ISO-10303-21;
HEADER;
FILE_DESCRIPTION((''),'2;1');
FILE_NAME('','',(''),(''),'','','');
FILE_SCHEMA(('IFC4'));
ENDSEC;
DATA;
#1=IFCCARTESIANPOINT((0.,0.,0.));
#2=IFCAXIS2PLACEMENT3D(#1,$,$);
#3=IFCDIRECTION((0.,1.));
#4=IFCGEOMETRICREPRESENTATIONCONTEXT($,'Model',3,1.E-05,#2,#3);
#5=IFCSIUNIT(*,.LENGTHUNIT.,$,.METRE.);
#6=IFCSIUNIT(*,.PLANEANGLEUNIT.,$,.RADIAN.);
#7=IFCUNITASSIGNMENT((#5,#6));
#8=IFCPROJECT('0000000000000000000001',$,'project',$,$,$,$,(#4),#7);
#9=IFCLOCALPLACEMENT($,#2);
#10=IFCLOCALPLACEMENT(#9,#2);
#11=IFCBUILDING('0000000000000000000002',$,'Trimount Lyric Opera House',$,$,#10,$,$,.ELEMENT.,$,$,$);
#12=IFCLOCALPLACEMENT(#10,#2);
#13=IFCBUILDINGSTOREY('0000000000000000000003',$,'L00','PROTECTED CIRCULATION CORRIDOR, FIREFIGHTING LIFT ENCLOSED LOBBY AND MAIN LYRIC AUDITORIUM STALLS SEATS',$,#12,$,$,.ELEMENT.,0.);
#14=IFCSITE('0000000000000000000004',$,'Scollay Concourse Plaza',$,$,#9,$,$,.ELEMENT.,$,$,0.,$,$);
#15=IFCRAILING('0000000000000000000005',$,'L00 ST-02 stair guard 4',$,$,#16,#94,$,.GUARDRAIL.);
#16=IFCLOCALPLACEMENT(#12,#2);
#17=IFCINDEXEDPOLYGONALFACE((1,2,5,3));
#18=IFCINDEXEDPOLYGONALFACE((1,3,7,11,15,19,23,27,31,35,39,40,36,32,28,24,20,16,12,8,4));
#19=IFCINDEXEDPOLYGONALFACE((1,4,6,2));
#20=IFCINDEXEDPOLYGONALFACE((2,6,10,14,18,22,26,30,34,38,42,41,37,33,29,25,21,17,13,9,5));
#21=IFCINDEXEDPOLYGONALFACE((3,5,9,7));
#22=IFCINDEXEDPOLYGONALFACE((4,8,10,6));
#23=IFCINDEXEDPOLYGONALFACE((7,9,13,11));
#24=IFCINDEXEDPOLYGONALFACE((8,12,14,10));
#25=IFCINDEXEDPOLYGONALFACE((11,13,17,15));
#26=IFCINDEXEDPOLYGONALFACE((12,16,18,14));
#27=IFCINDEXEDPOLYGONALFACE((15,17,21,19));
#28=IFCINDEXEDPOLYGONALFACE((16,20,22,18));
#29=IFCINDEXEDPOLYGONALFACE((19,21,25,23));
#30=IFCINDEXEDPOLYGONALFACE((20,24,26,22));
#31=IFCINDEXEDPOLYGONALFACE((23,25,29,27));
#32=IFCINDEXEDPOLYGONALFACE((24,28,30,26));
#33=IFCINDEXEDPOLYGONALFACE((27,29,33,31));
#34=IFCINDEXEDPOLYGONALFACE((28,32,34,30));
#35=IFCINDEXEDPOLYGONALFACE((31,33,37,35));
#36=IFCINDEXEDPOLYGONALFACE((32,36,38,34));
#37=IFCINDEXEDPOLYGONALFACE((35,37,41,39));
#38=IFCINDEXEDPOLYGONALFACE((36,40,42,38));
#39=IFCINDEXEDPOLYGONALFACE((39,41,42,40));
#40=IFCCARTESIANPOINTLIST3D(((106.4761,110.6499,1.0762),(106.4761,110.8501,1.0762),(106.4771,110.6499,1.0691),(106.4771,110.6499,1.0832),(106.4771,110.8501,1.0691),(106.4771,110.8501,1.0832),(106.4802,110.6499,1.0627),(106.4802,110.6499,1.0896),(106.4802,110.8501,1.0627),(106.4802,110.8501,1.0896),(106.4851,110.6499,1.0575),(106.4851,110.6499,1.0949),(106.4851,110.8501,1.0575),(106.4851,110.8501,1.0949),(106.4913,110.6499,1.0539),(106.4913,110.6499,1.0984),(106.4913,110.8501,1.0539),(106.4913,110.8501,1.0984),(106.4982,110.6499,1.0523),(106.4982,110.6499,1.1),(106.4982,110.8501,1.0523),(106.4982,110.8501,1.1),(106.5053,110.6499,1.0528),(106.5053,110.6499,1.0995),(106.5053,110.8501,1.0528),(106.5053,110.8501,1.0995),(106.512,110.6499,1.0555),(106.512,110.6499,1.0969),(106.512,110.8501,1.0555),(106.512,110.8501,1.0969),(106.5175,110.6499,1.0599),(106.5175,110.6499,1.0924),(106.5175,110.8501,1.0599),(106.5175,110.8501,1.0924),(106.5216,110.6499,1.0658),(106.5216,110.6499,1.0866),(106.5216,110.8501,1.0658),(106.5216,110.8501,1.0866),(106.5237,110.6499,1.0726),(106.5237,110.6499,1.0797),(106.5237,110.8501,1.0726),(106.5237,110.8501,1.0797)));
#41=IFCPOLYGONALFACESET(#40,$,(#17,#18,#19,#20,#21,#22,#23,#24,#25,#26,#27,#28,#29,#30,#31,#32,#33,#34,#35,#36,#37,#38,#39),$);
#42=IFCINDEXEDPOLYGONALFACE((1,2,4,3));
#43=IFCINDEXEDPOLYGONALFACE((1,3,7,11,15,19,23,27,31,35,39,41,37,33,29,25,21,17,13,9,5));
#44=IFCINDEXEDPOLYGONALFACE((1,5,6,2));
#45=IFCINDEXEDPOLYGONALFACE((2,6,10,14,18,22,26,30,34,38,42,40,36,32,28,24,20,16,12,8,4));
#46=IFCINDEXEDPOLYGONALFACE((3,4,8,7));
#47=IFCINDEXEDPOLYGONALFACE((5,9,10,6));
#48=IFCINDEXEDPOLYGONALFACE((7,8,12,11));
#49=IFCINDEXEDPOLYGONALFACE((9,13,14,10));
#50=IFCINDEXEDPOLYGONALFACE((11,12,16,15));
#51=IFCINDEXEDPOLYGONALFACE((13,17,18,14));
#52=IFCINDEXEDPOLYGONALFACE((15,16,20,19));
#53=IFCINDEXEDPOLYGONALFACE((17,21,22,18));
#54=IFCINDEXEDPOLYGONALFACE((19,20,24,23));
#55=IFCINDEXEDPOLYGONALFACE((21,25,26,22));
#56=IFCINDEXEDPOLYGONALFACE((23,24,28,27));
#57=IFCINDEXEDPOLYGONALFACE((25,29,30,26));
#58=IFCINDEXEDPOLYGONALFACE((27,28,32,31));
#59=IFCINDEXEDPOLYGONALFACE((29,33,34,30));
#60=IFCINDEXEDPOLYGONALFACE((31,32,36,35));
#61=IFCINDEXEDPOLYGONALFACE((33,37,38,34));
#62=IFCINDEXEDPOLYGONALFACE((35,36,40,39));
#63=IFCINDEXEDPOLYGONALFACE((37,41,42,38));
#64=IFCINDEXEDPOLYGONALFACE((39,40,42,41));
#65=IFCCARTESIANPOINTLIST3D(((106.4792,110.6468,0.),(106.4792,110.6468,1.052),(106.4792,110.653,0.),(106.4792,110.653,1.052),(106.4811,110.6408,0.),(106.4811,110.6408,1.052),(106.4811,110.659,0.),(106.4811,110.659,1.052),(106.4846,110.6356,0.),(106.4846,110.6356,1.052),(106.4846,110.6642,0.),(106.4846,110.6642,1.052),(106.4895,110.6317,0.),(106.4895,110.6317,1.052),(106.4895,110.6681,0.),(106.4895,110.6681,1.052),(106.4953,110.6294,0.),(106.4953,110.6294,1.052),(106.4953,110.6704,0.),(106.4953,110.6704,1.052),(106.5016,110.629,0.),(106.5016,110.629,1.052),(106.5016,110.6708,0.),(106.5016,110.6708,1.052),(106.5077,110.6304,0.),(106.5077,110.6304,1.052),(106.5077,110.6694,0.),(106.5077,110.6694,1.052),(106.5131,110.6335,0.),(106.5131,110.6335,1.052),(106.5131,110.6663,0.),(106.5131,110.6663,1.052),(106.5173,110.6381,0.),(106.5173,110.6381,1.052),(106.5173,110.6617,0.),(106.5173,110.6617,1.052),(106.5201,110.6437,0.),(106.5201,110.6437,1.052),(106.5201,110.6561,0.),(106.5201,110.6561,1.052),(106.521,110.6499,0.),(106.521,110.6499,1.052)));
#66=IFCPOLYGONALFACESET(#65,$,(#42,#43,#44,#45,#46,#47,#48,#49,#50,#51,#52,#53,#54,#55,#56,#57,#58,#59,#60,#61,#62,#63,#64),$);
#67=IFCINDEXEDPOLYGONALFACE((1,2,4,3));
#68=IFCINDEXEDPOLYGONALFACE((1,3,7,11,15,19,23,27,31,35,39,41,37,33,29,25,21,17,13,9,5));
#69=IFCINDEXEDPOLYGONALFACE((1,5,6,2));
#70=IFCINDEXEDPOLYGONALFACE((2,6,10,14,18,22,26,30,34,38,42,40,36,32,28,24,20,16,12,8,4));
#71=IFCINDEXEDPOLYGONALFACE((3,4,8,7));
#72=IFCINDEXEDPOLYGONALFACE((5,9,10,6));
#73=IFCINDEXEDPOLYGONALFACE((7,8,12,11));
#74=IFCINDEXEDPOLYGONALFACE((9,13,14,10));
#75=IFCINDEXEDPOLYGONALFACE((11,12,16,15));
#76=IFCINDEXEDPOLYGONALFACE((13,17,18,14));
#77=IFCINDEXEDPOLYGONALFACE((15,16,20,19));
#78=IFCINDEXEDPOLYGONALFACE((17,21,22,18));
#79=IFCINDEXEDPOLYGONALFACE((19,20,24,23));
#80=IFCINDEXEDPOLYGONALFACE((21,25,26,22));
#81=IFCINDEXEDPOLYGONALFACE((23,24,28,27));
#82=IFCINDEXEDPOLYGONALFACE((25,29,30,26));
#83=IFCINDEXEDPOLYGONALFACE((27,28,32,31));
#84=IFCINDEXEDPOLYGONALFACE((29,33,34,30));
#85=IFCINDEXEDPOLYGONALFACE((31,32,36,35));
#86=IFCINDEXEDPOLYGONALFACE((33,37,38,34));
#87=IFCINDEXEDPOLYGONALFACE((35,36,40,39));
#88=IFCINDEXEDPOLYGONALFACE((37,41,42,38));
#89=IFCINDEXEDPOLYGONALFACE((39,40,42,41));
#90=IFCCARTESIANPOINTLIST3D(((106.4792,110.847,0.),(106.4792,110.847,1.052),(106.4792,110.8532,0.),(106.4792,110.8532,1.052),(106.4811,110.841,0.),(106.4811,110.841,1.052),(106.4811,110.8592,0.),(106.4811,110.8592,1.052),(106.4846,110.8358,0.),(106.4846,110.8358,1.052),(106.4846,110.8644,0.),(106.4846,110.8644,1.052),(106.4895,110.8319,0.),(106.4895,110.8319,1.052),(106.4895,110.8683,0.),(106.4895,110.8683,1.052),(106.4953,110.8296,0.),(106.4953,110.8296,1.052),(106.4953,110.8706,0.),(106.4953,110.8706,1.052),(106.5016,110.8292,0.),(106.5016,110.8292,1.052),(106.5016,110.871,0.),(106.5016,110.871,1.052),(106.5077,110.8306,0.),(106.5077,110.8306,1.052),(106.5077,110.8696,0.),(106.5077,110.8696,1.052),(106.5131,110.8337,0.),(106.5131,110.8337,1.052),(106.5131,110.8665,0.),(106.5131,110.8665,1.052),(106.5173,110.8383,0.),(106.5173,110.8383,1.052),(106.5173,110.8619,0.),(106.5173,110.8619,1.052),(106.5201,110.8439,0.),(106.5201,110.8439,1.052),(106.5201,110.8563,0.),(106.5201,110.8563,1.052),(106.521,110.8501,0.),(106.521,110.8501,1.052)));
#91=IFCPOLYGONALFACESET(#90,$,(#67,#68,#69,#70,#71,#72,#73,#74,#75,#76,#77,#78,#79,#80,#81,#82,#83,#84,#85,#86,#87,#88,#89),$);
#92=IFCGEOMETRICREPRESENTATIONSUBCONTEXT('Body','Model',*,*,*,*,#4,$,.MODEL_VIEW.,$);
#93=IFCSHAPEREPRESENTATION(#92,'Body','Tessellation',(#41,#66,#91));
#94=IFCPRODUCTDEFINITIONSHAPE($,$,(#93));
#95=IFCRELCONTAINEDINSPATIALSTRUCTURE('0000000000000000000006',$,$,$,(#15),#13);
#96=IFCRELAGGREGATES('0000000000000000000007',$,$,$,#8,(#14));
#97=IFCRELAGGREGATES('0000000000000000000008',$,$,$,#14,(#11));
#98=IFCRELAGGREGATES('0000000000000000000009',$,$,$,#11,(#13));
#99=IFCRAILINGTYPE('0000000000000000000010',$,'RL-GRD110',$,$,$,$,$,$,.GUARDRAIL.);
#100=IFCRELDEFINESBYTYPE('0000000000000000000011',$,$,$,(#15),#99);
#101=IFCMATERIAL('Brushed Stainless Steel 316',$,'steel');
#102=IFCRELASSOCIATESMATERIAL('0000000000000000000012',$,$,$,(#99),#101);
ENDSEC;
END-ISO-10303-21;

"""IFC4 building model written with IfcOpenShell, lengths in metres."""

from ifc_helpers import new_model, si_unit, direction, frame, origin, origin_2d, place, context, subcontext, project, spatial, circle, extrude, material, type_object, element, save


model = new_model("IFC4")

# Units and contexts
model_context = context("Model", 3, precision=1e-05, world=origin(), true_north=direction((0.0, 1.0)))
body_context = subcontext(model_context, "Body", "Model", "MODEL_VIEW")
ifc_project = project(units=[si_unit("LENGTHUNIT", "METRE"), si_unit("PLANEANGLEUNIT", "RADIAN")], contexts=[model_context])

# Site, building, storey
site_placement = place(None, origin())
site = spatial("IfcSite", under=ifc_project, at=site_placement, Name="Scollay Concourse Plaza", CompositionType="ELEMENT", RefElevation=0.0)
building_placement = place(site_placement, origin())
building = spatial("IfcBuilding", under=site, at=building_placement, Name="Trimount Lyric Opera House", CompositionType="ELEMENT")
storey_placement = place(building_placement, origin())
storey = spatial("IfcBuildingStorey", under=building, at=storey_placement, Name="L00", Description="PROTECTED CIRCULATION CORRIDOR, FIREFIGHTING LIFT ENCLOSED LOBBY AND MAIN LYRIC AUDITORIUM STALLS SEATS", CompositionType="ELEMENT", Elevation=0.0)

# Railing
ifc_material_1 = material(Name="Brushed Stainless Steel 316", Category="steel")
railing_type_1 = type_object("IfcRailingType", Name="RL-GRD110", PredefinedType="GUARDRAIL", material=ifc_material_1)
railing_1_placement = place(storey_placement, frame((106.5, 110.6499, 0.0)))
element("IfcRailing", 1, at=railing_1_placement, inside=storey, type_object=railing_type_1, Name="L00 ST-02 stair guard 4", PredefinedType="GUARDRAIL", context=body_context, shape_type="SweptSolid", body=[
    extrude(circle(Radius=0.0239, at=origin_2d()), frame((0.0, 0.0, 1.0762), z_axis=(0.0, 1.0, 0.0), x_axis=(-1.0, 0.0, 0.0)), (0.0, 0.0, 1.0), 0.2002),
    extrude(circle(Radius=0.021, at=origin_2d()), origin(), (0.0, 0.0, 1.0), 1.052),
    extrude(circle(Radius=0.021, at=origin_2d()), frame((0.0, 0.2002, 0.0)), (0.0, 0.0, 1.0), 1.052),
])

save(model, "model.ifc")
